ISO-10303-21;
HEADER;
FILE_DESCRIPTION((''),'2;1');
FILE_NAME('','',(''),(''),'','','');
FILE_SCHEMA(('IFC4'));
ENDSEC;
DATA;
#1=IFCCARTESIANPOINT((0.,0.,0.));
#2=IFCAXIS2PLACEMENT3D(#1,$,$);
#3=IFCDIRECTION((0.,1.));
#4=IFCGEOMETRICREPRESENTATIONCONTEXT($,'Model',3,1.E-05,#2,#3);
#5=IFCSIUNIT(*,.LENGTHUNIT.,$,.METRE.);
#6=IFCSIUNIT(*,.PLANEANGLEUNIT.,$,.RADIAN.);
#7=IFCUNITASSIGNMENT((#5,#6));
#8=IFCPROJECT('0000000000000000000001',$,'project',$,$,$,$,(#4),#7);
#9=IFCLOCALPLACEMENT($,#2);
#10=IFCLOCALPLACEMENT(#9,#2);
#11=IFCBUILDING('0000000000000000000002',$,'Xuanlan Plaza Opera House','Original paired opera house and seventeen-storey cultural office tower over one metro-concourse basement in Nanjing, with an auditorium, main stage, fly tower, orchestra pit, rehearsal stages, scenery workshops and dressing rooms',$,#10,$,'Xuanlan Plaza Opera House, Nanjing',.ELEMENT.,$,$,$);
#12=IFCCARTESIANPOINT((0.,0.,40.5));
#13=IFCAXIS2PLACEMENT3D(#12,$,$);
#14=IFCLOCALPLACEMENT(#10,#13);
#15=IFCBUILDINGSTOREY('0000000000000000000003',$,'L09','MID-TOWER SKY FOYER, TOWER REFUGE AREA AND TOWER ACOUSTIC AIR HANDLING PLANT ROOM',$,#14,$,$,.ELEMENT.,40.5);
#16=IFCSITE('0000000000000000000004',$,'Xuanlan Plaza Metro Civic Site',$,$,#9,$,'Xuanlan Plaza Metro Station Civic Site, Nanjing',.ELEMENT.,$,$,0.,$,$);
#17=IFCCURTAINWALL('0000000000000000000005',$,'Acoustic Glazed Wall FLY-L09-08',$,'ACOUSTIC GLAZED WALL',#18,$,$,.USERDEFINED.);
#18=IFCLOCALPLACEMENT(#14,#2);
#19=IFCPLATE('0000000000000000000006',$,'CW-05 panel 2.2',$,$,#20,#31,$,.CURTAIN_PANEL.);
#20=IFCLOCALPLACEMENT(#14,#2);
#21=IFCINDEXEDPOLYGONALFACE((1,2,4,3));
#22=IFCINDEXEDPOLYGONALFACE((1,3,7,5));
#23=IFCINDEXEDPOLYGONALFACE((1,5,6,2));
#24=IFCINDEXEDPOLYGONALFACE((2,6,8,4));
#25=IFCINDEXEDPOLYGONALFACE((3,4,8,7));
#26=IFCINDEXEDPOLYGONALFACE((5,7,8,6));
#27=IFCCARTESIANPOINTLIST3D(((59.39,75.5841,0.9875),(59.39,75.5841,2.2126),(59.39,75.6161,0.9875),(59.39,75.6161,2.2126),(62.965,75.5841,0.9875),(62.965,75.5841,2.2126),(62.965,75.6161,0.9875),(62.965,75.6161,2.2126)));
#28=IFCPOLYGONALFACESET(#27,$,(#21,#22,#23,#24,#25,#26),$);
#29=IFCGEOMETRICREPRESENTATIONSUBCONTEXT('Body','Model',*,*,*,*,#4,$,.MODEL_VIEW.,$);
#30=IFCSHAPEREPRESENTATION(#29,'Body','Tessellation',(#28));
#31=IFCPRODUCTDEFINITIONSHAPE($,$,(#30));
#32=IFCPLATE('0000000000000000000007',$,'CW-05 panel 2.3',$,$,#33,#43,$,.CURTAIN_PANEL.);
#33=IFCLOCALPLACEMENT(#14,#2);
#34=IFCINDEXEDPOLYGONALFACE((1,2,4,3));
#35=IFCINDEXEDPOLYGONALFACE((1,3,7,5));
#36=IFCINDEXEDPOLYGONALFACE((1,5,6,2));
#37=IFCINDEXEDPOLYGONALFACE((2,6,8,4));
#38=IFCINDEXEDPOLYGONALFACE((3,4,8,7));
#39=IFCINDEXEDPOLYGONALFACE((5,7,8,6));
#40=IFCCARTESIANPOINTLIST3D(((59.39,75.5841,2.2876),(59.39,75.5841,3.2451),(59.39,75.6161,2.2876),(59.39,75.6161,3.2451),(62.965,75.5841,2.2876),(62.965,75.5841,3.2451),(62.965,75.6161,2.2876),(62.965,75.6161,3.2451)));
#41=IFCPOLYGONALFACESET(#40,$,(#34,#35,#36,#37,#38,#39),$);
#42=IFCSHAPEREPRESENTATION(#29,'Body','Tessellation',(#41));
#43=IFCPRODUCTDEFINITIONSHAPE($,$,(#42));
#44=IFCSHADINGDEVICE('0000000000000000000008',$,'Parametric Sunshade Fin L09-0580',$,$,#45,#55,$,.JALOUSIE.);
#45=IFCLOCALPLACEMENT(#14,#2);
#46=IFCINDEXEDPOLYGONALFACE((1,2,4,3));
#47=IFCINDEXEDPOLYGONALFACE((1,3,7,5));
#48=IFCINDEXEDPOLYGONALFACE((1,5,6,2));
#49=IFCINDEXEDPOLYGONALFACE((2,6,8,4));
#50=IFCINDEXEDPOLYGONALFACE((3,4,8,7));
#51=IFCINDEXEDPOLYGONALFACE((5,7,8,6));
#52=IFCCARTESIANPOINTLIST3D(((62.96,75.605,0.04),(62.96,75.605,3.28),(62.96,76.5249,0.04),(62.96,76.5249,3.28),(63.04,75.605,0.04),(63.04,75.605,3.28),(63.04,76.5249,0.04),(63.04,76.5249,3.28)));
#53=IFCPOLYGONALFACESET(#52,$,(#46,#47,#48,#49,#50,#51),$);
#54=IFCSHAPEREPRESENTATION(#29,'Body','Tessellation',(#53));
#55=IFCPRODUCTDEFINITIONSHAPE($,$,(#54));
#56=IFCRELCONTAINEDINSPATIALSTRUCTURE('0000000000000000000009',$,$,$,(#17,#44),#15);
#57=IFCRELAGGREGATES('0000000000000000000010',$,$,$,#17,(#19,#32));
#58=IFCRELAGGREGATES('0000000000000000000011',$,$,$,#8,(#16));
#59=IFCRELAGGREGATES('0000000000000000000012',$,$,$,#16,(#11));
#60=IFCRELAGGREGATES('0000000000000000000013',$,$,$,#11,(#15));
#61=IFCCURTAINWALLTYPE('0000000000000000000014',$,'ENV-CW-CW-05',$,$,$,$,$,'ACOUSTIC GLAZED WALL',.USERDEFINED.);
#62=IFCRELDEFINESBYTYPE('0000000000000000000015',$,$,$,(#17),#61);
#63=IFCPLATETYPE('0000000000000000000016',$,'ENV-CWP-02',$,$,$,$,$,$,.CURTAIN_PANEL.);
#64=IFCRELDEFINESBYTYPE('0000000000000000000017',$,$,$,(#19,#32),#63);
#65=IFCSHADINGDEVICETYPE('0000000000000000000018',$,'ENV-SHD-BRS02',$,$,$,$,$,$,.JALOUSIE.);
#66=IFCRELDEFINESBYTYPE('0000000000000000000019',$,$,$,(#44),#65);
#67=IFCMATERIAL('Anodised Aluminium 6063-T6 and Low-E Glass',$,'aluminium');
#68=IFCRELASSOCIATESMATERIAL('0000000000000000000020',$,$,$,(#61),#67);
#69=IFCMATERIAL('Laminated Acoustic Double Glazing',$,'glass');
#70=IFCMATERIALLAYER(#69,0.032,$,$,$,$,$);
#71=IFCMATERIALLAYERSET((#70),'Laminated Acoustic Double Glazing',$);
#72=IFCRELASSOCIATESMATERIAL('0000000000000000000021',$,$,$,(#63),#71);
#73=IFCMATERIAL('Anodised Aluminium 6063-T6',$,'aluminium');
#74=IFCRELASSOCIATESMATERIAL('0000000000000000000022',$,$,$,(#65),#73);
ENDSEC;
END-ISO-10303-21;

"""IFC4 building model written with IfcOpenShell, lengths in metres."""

from ifc_helpers import new_model, si_unit, direction, frame, origin, origin_2d, place, context, subcontext, project, spatial, rectangle, extrude, material, layer, layer_set, type_object, element, aggregate, save


model = new_model("IFC4")

# Units and contexts
model_context = context("Model", 3, precision=1e-05, world=origin(), true_north=direction((0.0, 1.0)))
body_context = subcontext(model_context, "Body", "Model", "MODEL_VIEW")
ifc_project = project(units=[si_unit("LENGTHUNIT", "METRE"), si_unit("PLANEANGLEUNIT", "RADIAN")], contexts=[model_context])

# Site, building, storey
site_placement = place(None, origin())
site = spatial("IfcSite", under=ifc_project, at=site_placement, Name="Xuanlan Plaza Metro Civic Site", LongName="Xuanlan Plaza Metro Station Civic Site, Nanjing", CompositionType="ELEMENT", RefElevation=0.0)
building_placement = place(site_placement, origin())
building = spatial("IfcBuilding", under=site, at=building_placement, Name="Xuanlan Plaza Opera House", Description="Original paired opera house and seventeen-storey cultural office tower over one metro-concourse basement in Nanjing, with an auditorium, main stage, fly tower, orchestra pit, rehearsal stages, scenery workshops and dressing rooms", LongName="Xuanlan Plaza Opera House, Nanjing", CompositionType="ELEMENT")
storey_placement = place(building_placement, frame((0.0, 0.0, 40.5)))
storey = spatial("IfcBuildingStorey", under=building, at=storey_placement, Name="L09", Description="MID-TOWER SKY FOYER, TOWER REFUGE AREA AND TOWER ACOUSTIC AIR HANDLING PLANT ROOM", CompositionType="ELEMENT", Elevation=40.5)

# Curtain wall
ifc_material_1 = material(Name="Anodised Aluminium 6063-T6 and Low-E Glass", Category="aluminium")
curtain_wall_type = type_object("IfcCurtainWallType", Name="ENV-CW-CW-05", ElementType="ACOUSTIC GLAZED WALL", PredefinedType="USERDEFINED", material=ifc_material_1)
ifc_material_2 = material(Name="Anodised Aluminium 6063-T6", Category="aluminium")
curtain_wall_1_placement = place(storey_placement, origin())
curtain_wall_1 = element("IfcCurtainWall", 1, at=curtain_wall_1_placement, inside=storey, type_object=curtain_wall_type, Name="Acoustic Glazed Wall FLY-L09-08", ObjectType="ACOUSTIC GLAZED WALL", PredefinedType="USERDEFINED")

# Plates
ifc_material_3 = material(Name="Laminated Acoustic Double Glazing", Category="glass")
ifc_layer = layer(ifc_material_3, 0.032)
ifc_layer_set = layer_set([ifc_layer], Name="Laminated Acoustic Double Glazing")
plate_type = type_object("IfcPlateType", Name="ENV-CWP-02", PredefinedType="CURTAIN_PANEL", material=ifc_layer_set)
plate_1_placement = place(storey_placement, frame((61.1775, 75.6001, 0.9875), z_axis=(0.0, 0.0, 1.0), x_axis=(-1.0, 0.0, 0.0)))
plate_1 = element("IfcPlate", 2, at=plate_1_placement, type_object=plate_type, Name="CW-05 panel 2.2", PredefinedType="CURTAIN_PANEL", context=body_context, shape_type="SweptSolid", body=[
    extrude(rectangle(XDim=3.575, YDim=0.032, at=origin_2d()), origin(), (0.0, 0.0, 1.0), 1.2251),
])
plate_2_placement = place(storey_placement, frame((61.1775, 75.6001, 2.2876), z_axis=(0.0, 0.0, 1.0), x_axis=(-1.0, 0.0, 0.0)))
plate_2 = element("IfcPlate", 3, at=plate_2_placement, type_object=plate_type, Name="CW-05 panel 2.3", PredefinedType="CURTAIN_PANEL", context=body_context, shape_type="SweptSolid", body=[
    extrude(rectangle(XDim=3.575, YDim=0.032, at=origin_2d()), origin(), (0.0, 0.0, 1.0), 0.9575),
])
aggregate(curtain_wall_1, [plate_1, plate_2])

# Shading device
shading_device_type = type_object("IfcShadingDeviceType", Name="ENV-SHD-BRS02", PredefinedType="JALOUSIE", material=ifc_material_2)
shading_device_placement = place(storey_placement, frame((63.0, 76.0649, 0.04), z_axis=(0.0, 0.0, 1.0), x_axis=(0.0, 1.0, 0.0)))
element("IfcShadingDevice", 4, at=shading_device_placement, inside=storey, type_object=shading_device_type, Name="Parametric Sunshade Fin L09-0580", PredefinedType="JALOUSIE", context=body_context, shape_type="SweptSolid", body=[
    extrude(rectangle(XDim=0.9199, YDim=0.0801, at=origin_2d()), origin(), (0.0, 0.0, 1.0), 3.24),
])

save(model, "model.ifc")
